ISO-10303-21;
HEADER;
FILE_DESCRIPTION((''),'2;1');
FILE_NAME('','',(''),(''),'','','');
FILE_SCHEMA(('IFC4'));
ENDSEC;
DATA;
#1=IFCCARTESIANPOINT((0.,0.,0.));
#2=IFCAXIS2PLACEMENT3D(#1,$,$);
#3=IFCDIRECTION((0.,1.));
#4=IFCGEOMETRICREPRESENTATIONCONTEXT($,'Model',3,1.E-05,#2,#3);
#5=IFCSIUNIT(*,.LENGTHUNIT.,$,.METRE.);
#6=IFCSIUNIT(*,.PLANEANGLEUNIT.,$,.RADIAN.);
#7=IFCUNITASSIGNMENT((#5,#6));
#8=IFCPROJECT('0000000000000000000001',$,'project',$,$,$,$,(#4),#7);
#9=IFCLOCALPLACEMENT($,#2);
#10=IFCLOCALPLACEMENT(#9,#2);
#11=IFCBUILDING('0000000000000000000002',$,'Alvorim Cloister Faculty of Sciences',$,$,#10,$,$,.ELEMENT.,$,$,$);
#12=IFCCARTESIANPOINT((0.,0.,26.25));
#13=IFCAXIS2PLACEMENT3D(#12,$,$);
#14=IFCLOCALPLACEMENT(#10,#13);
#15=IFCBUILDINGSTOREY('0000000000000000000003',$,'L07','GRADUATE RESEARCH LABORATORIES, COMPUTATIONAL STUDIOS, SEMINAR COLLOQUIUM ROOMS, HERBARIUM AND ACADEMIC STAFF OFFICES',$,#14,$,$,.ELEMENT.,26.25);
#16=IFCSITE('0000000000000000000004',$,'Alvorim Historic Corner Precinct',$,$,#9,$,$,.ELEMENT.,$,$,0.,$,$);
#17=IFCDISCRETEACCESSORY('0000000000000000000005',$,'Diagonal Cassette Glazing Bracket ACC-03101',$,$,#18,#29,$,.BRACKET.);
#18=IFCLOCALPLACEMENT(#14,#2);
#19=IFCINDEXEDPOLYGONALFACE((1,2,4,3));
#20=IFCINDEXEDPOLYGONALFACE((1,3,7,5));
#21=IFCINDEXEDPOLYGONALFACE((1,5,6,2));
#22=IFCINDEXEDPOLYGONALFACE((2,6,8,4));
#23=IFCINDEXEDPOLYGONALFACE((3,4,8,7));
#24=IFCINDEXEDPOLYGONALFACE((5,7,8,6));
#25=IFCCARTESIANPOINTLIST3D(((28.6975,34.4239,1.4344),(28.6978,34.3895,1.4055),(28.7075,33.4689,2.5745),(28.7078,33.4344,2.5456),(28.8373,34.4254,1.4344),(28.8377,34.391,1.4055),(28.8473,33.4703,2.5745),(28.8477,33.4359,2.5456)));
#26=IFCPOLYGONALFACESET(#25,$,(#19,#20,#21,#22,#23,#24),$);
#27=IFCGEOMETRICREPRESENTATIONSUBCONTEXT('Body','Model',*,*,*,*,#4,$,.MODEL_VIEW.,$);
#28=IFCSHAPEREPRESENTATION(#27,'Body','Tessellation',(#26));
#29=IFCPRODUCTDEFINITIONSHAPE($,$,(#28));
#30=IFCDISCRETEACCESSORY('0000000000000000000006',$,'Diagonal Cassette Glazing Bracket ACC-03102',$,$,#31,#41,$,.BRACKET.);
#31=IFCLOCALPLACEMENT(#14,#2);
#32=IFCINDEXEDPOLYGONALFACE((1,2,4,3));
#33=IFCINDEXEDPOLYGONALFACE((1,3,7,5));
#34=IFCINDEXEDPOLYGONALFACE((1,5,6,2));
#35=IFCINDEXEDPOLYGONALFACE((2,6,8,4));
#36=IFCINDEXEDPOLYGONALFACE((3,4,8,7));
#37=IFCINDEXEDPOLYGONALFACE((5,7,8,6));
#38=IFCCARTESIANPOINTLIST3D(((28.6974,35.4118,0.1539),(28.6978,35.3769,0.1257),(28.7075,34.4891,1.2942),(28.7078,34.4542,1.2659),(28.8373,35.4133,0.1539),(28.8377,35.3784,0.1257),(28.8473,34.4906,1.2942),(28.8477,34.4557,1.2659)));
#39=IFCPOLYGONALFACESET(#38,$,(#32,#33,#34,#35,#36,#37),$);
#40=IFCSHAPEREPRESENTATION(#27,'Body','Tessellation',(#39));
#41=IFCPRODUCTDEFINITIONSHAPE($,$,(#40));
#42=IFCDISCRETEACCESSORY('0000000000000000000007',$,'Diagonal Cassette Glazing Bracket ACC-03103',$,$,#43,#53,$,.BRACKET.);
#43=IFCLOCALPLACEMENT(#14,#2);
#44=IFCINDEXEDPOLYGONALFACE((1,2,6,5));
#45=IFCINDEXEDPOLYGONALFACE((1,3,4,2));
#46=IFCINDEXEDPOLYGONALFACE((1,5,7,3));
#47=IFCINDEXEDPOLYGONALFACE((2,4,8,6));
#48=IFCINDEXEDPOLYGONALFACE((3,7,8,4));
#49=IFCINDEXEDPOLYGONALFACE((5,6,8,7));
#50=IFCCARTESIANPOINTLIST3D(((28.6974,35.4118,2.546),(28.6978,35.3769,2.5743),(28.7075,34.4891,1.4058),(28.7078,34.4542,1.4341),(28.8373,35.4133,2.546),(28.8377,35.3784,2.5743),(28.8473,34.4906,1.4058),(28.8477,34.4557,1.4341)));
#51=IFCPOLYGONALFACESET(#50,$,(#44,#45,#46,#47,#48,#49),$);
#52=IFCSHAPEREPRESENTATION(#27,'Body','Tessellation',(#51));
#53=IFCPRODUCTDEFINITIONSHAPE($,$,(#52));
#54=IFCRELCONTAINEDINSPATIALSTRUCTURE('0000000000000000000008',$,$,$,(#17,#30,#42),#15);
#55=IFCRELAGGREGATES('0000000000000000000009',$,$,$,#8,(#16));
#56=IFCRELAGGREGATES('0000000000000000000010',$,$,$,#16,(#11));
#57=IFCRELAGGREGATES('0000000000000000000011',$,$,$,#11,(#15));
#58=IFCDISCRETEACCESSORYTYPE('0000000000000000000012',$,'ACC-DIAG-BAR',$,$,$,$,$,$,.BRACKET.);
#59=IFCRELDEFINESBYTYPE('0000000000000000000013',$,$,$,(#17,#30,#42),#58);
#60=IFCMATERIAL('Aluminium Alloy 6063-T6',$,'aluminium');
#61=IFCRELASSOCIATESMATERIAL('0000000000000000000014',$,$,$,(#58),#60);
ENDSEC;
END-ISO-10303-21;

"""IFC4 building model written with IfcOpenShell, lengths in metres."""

from ifc_helpers import new_model, si_unit, direction, frame, origin, origin_2d, place, context, subcontext, project, spatial, rectangle, extrude, material, type_object, element, save


model = new_model("IFC4")

# Units and contexts
model_context = context("Model", 3, precision=1e-05, world=origin(), true_north=direction((0.0, 1.0)))
body_context = subcontext(model_context, "Body", "Model", "MODEL_VIEW")
ifc_project = project(units=[si_unit("LENGTHUNIT", "METRE"), si_unit("PLANEANGLEUNIT", "RADIAN")], contexts=[model_context])

# Site, building, storey
site_placement = place(None, origin())
site = spatial("IfcSite", under=ifc_project, at=site_placement, Name="Alvorim Historic Corner Precinct", CompositionType="ELEMENT", RefElevation=0.0)
building_placement = place(site_placement, origin())
building = spatial("IfcBuilding", under=site, at=building_placement, Name="Alvorim Cloister Faculty of Sciences", CompositionType="ELEMENT")
storey_placement = place(building_placement, frame((0.0, 0.0, 26.25)))
storey = spatial("IfcBuildingStorey", under=building, at=storey_placement, Name="L07", Description="GRADUATE RESEARCH LABORATORIES, COMPUTATIONAL STUDIOS, SEMINAR COLLOQUIUM ROOMS, HERBARIUM AND ACADEMIC STAFF OFFICES", CompositionType="ELEMENT", Elevation=26.25)

# Shared definitions
ifc_material_1 = material(Name="Aluminium Alloy 6063-T6", Category="aluminium")

# Discrete accessories
discrete_accessory_type = type_object("IfcDiscreteAccessoryType", Name="ACC-DIAG-BAR", PredefinedType="BRACKET", material=ifc_material_1)
for number, where, z_axis, x_axis, name in (
    (1, (28.7776, 33.4524, 2.5601), (-0.00673, 0.642138, -0.76656), (-0.999945, -0.01048, 0.0), "Diagonal Cassette Glazing Bracket ACC-03101"),
):
    element("IfcDiscreteAccessory", number, at=place(storey_placement, frame(where, z_axis=z_axis, x_axis=x_axis)), inside=storey, type_object=discrete_accessory_type, Name=name, PredefinedType="BRACKET", context=body_context, shape_type="SweptSolid", body=[
        extrude(rectangle(XDim=0.1399, YDim=0.0449, at=origin_2d()), origin(), (0.0, 0.0, 1.0), 1.4873),
    ])
for number, where, z_axis, x_axis, name in (
    (2, (28.7776, 34.4724, 1.28), (-0.006825, 0.629035, -0.777347), (-0.999941, -0.010849, 0.0), "Diagonal Cassette Glazing Bracket ACC-03102"),
    (3, (28.7776, 34.4724, 1.4199), (-0.006825, 0.629035, 0.777347), (-0.999941, -0.010849, 0.0), "Diagonal Cassette Glazing Bracket ACC-03103"),
):
    element("IfcDiscreteAccessory", number, at=place(storey_placement, frame(where, z_axis=z_axis, x_axis=x_axis)), inside=storey, type_object=discrete_accessory_type, Name=name, PredefinedType="BRACKET", context=body_context, shape_type="SweptSolid", body=[
        extrude(rectangle(XDim=0.1399, YDim=0.0449, at=origin_2d()), origin(), (0.0, 0.0, 1.0), 1.4668),
    ])

save(model, "model.ifc")
